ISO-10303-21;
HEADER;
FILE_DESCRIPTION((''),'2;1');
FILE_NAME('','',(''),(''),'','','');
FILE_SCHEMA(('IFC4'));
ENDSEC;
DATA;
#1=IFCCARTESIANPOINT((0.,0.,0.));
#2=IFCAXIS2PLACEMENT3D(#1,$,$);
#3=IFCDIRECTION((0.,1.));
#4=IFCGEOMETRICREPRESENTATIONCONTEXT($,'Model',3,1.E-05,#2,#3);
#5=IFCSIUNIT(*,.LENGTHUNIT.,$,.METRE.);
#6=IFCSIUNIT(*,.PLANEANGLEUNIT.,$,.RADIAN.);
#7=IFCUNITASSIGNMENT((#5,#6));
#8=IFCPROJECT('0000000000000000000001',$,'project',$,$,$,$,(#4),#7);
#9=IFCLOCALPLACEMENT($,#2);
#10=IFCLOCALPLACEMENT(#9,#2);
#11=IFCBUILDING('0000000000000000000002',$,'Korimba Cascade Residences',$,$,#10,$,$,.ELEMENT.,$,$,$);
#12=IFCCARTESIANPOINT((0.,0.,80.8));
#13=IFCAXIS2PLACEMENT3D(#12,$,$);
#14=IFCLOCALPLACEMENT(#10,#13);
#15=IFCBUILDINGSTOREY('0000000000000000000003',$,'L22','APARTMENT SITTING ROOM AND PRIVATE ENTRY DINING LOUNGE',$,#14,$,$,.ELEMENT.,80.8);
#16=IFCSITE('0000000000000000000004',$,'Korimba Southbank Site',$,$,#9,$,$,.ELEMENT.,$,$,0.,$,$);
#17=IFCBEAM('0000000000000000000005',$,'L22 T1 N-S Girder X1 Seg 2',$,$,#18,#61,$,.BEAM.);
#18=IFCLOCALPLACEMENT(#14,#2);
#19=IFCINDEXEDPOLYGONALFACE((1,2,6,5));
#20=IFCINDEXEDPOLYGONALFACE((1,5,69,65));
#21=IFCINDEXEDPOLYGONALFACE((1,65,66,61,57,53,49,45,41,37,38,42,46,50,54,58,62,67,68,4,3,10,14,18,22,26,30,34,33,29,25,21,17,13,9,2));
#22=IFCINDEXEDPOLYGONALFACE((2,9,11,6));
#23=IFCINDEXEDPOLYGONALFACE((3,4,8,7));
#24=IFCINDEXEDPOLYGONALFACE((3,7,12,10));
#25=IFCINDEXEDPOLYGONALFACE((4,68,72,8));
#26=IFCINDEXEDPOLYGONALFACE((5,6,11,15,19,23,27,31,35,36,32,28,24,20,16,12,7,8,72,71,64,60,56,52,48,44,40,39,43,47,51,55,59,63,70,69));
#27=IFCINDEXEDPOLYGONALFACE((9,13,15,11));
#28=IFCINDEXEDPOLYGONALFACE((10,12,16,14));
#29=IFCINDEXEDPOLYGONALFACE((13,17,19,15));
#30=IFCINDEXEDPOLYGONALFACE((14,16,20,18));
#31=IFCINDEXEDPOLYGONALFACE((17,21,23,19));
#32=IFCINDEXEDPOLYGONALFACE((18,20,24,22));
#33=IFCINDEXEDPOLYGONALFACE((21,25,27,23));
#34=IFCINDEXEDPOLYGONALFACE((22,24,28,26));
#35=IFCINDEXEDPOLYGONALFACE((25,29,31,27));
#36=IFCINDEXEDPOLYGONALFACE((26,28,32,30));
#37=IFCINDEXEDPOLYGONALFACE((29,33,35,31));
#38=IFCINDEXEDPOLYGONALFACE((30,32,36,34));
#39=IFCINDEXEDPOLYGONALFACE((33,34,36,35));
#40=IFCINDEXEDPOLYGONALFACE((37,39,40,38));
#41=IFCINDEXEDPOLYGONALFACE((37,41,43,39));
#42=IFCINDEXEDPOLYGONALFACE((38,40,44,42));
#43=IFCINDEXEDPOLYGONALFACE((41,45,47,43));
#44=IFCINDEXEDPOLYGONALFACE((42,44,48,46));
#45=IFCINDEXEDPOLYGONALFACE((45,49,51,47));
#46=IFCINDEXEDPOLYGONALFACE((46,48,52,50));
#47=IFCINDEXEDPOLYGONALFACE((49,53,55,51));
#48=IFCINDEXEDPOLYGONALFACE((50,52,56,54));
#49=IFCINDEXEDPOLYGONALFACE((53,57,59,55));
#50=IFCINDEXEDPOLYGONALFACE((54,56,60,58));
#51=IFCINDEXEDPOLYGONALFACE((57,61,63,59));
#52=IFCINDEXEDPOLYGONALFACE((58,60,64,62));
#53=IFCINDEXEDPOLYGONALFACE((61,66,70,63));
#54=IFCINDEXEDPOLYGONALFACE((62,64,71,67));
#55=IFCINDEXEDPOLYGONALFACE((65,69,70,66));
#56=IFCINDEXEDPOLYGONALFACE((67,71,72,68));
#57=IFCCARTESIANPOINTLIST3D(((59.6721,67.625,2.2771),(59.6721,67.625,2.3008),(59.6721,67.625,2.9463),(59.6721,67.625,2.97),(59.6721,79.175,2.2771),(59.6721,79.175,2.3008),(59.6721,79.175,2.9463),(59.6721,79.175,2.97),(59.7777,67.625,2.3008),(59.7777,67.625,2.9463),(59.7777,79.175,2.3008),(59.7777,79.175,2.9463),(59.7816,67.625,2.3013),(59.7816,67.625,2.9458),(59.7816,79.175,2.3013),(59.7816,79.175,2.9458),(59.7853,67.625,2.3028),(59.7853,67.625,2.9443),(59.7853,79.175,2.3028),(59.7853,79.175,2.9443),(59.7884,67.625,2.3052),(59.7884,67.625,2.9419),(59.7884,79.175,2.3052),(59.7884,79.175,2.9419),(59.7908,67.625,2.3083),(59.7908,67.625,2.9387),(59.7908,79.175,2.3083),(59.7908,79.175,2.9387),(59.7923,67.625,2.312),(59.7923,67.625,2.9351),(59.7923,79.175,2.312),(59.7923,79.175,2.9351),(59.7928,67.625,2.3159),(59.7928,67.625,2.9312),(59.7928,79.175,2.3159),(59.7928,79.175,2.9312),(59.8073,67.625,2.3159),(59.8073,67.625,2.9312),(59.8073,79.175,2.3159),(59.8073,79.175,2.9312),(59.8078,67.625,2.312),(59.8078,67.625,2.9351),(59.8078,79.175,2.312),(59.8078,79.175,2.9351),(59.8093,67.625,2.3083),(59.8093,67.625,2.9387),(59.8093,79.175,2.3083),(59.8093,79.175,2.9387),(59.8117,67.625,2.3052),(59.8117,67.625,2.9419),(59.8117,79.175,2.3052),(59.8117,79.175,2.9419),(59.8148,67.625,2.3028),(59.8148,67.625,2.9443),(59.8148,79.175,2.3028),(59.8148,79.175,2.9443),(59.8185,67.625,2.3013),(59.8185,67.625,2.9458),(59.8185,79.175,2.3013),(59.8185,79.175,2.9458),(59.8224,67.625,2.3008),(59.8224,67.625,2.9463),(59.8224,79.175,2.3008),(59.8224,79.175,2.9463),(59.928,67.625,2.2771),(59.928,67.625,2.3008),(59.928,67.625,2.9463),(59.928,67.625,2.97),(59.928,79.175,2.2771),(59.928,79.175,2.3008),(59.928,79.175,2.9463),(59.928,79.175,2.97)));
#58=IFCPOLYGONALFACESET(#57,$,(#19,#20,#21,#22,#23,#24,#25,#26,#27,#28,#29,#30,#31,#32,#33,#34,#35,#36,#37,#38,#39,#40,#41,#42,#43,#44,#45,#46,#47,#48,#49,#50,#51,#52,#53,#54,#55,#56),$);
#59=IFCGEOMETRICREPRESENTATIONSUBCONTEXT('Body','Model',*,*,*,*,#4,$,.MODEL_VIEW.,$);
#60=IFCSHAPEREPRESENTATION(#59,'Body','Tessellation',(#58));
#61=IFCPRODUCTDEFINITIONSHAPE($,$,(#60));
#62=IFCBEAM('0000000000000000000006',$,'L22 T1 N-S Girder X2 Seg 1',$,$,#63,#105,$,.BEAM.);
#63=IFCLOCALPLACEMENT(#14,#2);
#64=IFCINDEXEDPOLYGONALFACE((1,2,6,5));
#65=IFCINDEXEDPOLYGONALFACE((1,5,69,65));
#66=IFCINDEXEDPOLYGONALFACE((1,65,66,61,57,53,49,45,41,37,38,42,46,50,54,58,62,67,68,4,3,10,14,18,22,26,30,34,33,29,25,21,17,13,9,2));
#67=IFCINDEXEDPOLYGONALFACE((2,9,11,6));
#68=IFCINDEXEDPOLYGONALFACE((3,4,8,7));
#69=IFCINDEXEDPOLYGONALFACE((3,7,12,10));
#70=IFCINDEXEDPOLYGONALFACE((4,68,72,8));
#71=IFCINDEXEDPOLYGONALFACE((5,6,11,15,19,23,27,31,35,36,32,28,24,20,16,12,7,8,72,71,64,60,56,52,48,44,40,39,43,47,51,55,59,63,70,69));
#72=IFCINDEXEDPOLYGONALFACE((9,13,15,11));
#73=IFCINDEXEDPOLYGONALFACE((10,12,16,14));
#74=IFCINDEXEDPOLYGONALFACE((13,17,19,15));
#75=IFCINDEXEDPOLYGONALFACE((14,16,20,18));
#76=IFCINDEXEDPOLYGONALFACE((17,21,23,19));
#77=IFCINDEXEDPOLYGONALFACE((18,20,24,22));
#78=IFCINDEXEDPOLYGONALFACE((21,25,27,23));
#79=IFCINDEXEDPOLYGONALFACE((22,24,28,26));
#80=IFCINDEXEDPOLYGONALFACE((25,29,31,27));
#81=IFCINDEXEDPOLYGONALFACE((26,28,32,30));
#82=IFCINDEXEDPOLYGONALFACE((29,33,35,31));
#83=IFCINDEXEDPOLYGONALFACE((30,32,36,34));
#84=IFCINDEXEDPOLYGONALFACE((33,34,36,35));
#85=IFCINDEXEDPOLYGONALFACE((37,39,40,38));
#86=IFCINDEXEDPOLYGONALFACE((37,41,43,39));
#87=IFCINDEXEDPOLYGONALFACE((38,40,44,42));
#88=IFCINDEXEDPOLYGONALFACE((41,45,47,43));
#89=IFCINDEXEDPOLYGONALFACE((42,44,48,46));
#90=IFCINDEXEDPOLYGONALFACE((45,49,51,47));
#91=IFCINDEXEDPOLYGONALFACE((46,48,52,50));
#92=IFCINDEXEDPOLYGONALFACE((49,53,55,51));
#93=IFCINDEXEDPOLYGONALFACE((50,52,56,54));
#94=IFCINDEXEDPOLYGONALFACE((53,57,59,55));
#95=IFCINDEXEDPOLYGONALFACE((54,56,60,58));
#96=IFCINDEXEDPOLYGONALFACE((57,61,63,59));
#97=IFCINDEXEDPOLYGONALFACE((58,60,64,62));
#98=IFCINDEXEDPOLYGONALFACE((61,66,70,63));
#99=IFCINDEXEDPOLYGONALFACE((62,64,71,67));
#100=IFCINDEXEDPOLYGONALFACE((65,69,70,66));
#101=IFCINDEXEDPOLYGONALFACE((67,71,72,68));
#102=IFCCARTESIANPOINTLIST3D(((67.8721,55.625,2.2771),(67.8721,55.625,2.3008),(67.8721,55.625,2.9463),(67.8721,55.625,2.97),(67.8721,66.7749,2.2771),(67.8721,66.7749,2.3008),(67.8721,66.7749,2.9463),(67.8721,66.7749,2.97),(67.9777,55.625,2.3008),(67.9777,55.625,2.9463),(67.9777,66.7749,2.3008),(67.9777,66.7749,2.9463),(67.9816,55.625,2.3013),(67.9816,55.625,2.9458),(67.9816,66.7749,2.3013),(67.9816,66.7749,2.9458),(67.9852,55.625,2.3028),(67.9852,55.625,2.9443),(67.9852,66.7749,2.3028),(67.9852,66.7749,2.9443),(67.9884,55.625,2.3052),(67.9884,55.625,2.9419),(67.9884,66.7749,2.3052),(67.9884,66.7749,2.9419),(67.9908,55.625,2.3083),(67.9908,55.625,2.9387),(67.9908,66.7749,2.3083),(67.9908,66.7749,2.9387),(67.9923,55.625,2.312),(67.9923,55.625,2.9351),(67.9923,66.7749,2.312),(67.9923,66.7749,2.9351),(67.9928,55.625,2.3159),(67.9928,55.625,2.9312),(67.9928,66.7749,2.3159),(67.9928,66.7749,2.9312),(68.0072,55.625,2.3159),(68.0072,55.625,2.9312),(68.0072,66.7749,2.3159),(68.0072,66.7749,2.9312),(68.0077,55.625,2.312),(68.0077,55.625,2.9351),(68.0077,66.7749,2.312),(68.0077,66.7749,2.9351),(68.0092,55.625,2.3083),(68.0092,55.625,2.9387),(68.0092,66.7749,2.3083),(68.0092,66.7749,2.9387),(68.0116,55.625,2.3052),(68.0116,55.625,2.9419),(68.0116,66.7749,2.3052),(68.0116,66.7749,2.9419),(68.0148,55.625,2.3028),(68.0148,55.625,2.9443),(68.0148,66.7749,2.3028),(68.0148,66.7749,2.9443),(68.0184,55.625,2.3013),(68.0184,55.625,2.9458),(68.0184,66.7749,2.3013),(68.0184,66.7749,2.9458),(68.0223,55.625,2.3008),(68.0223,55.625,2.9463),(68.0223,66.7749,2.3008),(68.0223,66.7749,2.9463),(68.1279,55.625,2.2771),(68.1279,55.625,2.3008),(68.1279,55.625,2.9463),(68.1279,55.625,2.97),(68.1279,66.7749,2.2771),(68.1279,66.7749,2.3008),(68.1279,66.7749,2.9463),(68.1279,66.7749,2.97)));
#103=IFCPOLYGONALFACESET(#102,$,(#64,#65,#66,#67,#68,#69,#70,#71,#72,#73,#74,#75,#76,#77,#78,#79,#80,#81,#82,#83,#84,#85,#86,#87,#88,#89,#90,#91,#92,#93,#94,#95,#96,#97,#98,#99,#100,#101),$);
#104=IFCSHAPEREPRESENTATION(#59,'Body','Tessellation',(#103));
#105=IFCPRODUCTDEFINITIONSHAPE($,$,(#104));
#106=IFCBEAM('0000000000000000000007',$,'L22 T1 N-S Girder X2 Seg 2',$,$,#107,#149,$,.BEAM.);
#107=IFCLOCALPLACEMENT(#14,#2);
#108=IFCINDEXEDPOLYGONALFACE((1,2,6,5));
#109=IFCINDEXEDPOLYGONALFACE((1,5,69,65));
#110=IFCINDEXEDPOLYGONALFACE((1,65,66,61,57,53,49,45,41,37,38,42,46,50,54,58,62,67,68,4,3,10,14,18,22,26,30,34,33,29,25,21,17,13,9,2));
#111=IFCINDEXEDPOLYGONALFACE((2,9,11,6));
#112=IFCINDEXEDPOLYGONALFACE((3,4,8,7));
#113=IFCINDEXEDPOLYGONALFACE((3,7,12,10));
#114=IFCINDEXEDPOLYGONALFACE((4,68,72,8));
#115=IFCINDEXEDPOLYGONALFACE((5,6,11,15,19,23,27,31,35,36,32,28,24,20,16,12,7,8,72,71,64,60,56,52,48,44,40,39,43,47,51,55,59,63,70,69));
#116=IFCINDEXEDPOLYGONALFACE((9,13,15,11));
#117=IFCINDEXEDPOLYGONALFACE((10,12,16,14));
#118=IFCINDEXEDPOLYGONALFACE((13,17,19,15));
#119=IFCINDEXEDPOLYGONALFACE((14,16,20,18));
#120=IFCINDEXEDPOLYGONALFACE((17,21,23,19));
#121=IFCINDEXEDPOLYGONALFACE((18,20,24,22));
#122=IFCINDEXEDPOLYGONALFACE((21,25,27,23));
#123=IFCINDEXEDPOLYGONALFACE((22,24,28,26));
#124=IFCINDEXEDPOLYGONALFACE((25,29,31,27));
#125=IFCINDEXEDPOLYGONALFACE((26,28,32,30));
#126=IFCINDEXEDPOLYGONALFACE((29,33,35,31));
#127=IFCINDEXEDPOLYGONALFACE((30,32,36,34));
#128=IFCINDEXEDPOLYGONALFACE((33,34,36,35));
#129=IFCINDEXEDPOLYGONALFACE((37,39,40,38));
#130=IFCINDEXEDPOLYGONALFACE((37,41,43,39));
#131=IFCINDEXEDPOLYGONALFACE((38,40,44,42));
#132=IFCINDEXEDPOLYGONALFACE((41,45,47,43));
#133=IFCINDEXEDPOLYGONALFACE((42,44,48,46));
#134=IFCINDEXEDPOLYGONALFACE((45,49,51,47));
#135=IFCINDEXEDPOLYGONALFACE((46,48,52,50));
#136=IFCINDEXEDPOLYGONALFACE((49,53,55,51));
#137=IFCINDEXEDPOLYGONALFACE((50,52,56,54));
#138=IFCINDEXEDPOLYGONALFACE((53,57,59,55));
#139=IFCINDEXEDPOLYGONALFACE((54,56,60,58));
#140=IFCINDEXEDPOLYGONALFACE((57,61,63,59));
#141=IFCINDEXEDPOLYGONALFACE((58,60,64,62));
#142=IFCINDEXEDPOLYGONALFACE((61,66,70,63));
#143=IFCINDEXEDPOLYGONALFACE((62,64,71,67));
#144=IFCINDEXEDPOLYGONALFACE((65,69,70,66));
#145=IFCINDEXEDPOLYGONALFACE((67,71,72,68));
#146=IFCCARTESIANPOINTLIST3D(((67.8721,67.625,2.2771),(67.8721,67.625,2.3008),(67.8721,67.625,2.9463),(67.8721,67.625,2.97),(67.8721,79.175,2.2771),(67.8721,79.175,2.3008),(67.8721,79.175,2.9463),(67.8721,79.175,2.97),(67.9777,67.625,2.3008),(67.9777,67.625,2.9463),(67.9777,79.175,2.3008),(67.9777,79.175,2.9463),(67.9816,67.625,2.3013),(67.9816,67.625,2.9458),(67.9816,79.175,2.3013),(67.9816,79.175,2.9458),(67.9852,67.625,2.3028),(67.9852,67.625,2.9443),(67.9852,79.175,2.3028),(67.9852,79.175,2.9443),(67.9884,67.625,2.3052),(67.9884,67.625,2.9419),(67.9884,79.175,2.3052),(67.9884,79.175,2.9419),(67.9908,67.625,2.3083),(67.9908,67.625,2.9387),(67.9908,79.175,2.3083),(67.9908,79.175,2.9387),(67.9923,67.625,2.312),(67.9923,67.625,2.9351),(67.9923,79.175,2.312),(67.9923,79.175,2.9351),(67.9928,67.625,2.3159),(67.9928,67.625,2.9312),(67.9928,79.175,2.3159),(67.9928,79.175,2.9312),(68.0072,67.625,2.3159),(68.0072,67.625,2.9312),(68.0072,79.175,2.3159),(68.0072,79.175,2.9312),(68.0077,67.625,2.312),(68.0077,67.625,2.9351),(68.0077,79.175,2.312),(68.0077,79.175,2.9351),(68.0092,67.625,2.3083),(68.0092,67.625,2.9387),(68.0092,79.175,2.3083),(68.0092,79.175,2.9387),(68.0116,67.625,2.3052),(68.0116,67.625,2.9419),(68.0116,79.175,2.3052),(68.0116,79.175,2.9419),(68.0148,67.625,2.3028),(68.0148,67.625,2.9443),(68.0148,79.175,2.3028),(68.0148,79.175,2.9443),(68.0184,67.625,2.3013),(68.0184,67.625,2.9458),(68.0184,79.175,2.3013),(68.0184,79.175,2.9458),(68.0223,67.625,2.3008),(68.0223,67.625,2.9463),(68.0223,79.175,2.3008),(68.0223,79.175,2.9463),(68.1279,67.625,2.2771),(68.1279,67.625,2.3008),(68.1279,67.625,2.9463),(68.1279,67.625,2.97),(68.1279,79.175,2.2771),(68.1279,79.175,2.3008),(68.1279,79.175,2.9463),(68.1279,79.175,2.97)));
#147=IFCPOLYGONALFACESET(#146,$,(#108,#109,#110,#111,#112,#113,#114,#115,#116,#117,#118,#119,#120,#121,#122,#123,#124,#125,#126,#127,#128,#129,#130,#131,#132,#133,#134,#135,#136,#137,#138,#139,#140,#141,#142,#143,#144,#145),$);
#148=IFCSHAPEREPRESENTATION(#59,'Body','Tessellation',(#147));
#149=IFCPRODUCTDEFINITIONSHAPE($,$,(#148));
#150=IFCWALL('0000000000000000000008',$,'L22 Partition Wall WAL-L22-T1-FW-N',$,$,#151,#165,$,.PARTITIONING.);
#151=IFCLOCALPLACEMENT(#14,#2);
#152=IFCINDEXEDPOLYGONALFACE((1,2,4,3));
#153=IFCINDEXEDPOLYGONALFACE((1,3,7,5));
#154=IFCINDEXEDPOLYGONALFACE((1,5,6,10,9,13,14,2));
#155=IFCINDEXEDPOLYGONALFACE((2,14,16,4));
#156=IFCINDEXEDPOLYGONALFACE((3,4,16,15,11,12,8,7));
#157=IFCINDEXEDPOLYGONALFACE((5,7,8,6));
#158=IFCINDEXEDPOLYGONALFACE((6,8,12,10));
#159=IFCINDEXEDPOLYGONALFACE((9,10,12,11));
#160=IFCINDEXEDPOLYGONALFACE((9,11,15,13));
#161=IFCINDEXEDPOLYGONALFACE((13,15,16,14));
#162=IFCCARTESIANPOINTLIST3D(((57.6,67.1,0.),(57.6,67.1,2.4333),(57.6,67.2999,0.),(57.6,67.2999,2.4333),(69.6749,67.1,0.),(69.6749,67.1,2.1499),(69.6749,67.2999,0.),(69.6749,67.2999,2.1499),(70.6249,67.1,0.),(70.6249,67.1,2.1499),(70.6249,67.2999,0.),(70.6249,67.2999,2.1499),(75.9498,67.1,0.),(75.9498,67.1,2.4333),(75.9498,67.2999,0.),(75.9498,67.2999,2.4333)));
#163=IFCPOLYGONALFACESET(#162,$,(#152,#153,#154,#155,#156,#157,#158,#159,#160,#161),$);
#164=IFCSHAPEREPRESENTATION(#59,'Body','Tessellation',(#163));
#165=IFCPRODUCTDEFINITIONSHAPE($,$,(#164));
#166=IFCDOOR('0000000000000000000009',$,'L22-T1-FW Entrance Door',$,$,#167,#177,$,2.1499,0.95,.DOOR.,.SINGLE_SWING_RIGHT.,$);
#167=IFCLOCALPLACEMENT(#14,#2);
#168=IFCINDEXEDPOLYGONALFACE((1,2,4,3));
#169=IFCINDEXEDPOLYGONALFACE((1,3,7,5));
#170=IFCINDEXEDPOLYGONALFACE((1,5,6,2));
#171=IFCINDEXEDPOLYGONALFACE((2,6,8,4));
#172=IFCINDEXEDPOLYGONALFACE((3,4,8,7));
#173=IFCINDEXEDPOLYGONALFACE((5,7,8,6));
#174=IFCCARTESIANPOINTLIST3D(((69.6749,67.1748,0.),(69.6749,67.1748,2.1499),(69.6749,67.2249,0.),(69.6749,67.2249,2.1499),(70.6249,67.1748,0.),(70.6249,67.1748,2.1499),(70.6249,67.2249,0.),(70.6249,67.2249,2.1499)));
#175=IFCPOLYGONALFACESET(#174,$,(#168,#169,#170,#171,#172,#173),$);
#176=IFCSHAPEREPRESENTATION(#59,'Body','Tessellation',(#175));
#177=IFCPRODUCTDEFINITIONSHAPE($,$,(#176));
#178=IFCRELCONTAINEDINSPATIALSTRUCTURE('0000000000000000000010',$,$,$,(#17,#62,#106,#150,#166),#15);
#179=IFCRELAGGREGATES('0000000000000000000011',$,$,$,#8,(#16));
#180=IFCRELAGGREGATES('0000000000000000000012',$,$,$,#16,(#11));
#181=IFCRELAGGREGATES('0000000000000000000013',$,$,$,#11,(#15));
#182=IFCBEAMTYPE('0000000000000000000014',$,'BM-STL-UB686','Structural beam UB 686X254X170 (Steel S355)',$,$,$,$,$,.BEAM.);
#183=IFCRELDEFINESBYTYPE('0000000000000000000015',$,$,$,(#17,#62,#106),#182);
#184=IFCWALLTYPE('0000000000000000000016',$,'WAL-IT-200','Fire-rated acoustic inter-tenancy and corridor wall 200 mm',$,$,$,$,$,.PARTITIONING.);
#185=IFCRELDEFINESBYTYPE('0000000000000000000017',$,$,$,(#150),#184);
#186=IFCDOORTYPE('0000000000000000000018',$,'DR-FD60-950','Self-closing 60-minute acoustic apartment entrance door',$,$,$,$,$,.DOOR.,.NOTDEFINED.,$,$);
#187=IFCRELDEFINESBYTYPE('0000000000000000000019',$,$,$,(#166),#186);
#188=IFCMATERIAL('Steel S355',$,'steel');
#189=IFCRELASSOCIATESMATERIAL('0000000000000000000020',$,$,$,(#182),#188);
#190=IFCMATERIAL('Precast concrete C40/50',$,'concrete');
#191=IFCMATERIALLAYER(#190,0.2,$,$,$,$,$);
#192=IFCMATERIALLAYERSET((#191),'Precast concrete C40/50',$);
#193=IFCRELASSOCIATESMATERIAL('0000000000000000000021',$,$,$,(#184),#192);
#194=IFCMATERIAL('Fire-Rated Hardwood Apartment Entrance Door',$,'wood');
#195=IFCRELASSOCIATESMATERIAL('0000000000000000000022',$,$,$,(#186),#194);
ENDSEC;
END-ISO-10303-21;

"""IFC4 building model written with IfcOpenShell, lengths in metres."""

from ifc_helpers import new_model, si_unit, direction, frame, frame_2d, origin, origin_2d, place, context, subcontext, project, spatial, rectangle, i_section, extrude, material, layer, layer_set, material_profile, profile_set, type_object, element, fill, save


model = new_model("IFC4")

# Units and contexts
model_context = context("Model", 3, precision=1e-05, world=origin(), true_north=direction((0.0, 1.0)))
body_context = subcontext(model_context, "Body", "Model", "MODEL_VIEW")
ifc_project = project(units=[si_unit("LENGTHUNIT", "METRE"), si_unit("PLANEANGLEUNIT", "RADIAN")], contexts=[model_context])

# Site, building, storey
site_placement = place(None, origin())
site = spatial("IfcSite", under=ifc_project, at=site_placement, Name="Korimba Southbank Site", CompositionType="ELEMENT", RefElevation=0.0)
building_placement = place(site_placement, origin())
building = spatial("IfcBuilding", under=site, at=building_placement, Name="Korimba Cascade Residences", CompositionType="ELEMENT")
storey_placement = place(building_placement, frame((0.0, 0.0, 80.8)))
storey = spatial("IfcBuildingStorey", under=building, at=storey_placement, Name="L22", Description="APARTMENT SITTING ROOM AND PRIVATE ENTRY DINING LOUNGE", CompositionType="ELEMENT", Elevation=80.8)

# Beams
ifc_material_1 = material(Name="Steel S355", Category="steel")
ifc_material_profile_1 = material_profile(ifc_material_1, i_section(OverallWidth=0.2559, OverallDepth=0.6929, WebThickness=0.0144, FlangeThickness=0.0237, FilletRadius=0.0151, at=origin_2d()), Name="Steel S355")
ifc_profile_set_1 = profile_set([ifc_material_profile_1], Name="Steel S355")
beam_type_1 = type_object("IfcBeamType", Name="BM-STL-UB686", Description="Structural beam UB 686X254X170 (Steel S355)", PredefinedType="BEAM", material=ifc_profile_set_1)
beam_1_placement = place(storey_placement, frame((59.8, 67.625, 2.6235), z_axis=(0.0, 1.0, 0.0), x_axis=(-1.0, 0.0, 0.0)))
element("IfcBeam", 1, at=beam_1_placement, inside=storey, type_object=beam_type_1, Name="L22 T1 N-S Girder X1 Seg 2", PredefinedType="BEAM", context=body_context, shape_type="SweptSolid", body=[
    extrude(i_section(OverallWidth=0.2559, OverallDepth=0.6929, WebThickness=0.0144, FlangeThickness=0.0237, FilletRadius=0.0151, at=origin_2d()), origin(), (0.0, 0.0, 1.0), 11.55),
])
beam_2_placement = place(storey_placement, frame((68.0, 55.625, 2.6235), z_axis=(0.0, 1.0, 0.0), x_axis=(-1.0, 0.0, 0.0)))
element("IfcBeam", 2, at=beam_2_placement, inside=storey, type_object=beam_type_1, Name="L22 T1 N-S Girder X2 Seg 1", PredefinedType="BEAM", context=body_context, shape_type="SweptSolid", body=[
    extrude(i_section(OverallWidth=0.2559, OverallDepth=0.6929, WebThickness=0.0144, FlangeThickness=0.0237, FilletRadius=0.0151, at=origin_2d()), origin(), (0.0, 0.0, 1.0), 11.1499),
])
beam_3_placement = place(storey_placement, frame((68.0, 67.625, 2.6235), z_axis=(0.0, 1.0, 0.0), x_axis=(-1.0, 0.0, 0.0)))
element("IfcBeam", 3, at=beam_3_placement, inside=storey, type_object=beam_type_1, Name="L22 T1 N-S Girder X2 Seg 2", PredefinedType="BEAM", context=body_context, shape_type="SweptSolid", body=[
    extrude(i_section(OverallWidth=0.2559, OverallDepth=0.6929, WebThickness=0.0144, FlangeThickness=0.0237, FilletRadius=0.0151, at=origin_2d()), origin(), (0.0, 0.0, 1.0), 11.55),
])

# Wall, opening, door
ifc_material_2 = material(Name="Precast concrete C40/50", Category="concrete")
ifc_layer_1 = layer(ifc_material_2, 0.2)
ifc_layer_set_1 = layer_set([ifc_layer_1], Name="Precast concrete C40/50")
wall_type_1 = type_object("IfcWallType", Name="WAL-IT-200", Description="Fire-rated acoustic inter-tenancy and corridor wall 200 mm", PredefinedType="PARTITIONING", material=ifc_layer_set_1)
wall_1_placement = place(storey_placement, frame((57.6001, 67.2, 0.0), z_axis=(0.0, 0.0, 1.0), x_axis=(1.0, 0.0, 0.0)))
wall_1 = element("IfcWall", 4, at=wall_1_placement, inside=storey, type_object=wall_type_1, Name="L22 Partition Wall WAL-L22-T1-FW-N", PredefinedType="PARTITIONING", context=body_context, shape_type="SweptSolid", body=[
    extrude(rectangle(XDim=18.3499, YDim=0.2, at=frame_2d((9.1748, 0.0))), origin(), (0.0, 0.0, 1.0), 2.4333),
])
opening_1_placement = place(wall_1_placement, frame((12.0747, 0.0, 0.0)))
opening_1 = element("IfcOpeningElement", 5, at=opening_1_placement, cuts=wall_1, PredefinedType="OPENING", context=body_context, shape_type="SweptSolid", body=[
    extrude(rectangle(XDim=0.95, YDim=2.1499, at=frame_2d((0.4751, 1.075))), frame((0.0, 0.1099, 0.0), z_axis=(0.0, -1.0, 0.0), x_axis=(1.0, 0.0, 0.0)), (0.0, 0.0, 1.0), 0.22),
])
ifc_material_3 = material(Name="Fire-Rated Hardwood Apartment Entrance Door", Category="wood")
door_type_1 = type_object("IfcDoorType", Name="DR-FD60-950", Description="Self-closing 60-minute acoustic apartment entrance door", OperationType="NOTDEFINED", PredefinedType="DOOR", material=ifc_material_3)
door_1_placement = place(opening_1_placement, origin())
door_1 = element("IfcDoor", 6, at=door_1_placement, inside=storey, type_object=door_type_1, Name="L22-T1-FW Entrance Door", OperationType="SINGLE_SWING_RIGHT", OverallHeight=2.1499, OverallWidth=0.95, PredefinedType="DOOR", context=body_context, shape_type="SweptSolid", body=[
    extrude(rectangle(XDim=0.95, YDim=2.1499, at=frame_2d((0.4751, 1.075))), frame((0.0, 0.0249, 0.0), z_axis=(0.0, -1.0, 0.0), x_axis=(1.0, 0.0, 0.0)), (0.0, 0.0, 1.0), 0.05),
])
fill(opening_1, door_1)

save(model, "model.ifc")
